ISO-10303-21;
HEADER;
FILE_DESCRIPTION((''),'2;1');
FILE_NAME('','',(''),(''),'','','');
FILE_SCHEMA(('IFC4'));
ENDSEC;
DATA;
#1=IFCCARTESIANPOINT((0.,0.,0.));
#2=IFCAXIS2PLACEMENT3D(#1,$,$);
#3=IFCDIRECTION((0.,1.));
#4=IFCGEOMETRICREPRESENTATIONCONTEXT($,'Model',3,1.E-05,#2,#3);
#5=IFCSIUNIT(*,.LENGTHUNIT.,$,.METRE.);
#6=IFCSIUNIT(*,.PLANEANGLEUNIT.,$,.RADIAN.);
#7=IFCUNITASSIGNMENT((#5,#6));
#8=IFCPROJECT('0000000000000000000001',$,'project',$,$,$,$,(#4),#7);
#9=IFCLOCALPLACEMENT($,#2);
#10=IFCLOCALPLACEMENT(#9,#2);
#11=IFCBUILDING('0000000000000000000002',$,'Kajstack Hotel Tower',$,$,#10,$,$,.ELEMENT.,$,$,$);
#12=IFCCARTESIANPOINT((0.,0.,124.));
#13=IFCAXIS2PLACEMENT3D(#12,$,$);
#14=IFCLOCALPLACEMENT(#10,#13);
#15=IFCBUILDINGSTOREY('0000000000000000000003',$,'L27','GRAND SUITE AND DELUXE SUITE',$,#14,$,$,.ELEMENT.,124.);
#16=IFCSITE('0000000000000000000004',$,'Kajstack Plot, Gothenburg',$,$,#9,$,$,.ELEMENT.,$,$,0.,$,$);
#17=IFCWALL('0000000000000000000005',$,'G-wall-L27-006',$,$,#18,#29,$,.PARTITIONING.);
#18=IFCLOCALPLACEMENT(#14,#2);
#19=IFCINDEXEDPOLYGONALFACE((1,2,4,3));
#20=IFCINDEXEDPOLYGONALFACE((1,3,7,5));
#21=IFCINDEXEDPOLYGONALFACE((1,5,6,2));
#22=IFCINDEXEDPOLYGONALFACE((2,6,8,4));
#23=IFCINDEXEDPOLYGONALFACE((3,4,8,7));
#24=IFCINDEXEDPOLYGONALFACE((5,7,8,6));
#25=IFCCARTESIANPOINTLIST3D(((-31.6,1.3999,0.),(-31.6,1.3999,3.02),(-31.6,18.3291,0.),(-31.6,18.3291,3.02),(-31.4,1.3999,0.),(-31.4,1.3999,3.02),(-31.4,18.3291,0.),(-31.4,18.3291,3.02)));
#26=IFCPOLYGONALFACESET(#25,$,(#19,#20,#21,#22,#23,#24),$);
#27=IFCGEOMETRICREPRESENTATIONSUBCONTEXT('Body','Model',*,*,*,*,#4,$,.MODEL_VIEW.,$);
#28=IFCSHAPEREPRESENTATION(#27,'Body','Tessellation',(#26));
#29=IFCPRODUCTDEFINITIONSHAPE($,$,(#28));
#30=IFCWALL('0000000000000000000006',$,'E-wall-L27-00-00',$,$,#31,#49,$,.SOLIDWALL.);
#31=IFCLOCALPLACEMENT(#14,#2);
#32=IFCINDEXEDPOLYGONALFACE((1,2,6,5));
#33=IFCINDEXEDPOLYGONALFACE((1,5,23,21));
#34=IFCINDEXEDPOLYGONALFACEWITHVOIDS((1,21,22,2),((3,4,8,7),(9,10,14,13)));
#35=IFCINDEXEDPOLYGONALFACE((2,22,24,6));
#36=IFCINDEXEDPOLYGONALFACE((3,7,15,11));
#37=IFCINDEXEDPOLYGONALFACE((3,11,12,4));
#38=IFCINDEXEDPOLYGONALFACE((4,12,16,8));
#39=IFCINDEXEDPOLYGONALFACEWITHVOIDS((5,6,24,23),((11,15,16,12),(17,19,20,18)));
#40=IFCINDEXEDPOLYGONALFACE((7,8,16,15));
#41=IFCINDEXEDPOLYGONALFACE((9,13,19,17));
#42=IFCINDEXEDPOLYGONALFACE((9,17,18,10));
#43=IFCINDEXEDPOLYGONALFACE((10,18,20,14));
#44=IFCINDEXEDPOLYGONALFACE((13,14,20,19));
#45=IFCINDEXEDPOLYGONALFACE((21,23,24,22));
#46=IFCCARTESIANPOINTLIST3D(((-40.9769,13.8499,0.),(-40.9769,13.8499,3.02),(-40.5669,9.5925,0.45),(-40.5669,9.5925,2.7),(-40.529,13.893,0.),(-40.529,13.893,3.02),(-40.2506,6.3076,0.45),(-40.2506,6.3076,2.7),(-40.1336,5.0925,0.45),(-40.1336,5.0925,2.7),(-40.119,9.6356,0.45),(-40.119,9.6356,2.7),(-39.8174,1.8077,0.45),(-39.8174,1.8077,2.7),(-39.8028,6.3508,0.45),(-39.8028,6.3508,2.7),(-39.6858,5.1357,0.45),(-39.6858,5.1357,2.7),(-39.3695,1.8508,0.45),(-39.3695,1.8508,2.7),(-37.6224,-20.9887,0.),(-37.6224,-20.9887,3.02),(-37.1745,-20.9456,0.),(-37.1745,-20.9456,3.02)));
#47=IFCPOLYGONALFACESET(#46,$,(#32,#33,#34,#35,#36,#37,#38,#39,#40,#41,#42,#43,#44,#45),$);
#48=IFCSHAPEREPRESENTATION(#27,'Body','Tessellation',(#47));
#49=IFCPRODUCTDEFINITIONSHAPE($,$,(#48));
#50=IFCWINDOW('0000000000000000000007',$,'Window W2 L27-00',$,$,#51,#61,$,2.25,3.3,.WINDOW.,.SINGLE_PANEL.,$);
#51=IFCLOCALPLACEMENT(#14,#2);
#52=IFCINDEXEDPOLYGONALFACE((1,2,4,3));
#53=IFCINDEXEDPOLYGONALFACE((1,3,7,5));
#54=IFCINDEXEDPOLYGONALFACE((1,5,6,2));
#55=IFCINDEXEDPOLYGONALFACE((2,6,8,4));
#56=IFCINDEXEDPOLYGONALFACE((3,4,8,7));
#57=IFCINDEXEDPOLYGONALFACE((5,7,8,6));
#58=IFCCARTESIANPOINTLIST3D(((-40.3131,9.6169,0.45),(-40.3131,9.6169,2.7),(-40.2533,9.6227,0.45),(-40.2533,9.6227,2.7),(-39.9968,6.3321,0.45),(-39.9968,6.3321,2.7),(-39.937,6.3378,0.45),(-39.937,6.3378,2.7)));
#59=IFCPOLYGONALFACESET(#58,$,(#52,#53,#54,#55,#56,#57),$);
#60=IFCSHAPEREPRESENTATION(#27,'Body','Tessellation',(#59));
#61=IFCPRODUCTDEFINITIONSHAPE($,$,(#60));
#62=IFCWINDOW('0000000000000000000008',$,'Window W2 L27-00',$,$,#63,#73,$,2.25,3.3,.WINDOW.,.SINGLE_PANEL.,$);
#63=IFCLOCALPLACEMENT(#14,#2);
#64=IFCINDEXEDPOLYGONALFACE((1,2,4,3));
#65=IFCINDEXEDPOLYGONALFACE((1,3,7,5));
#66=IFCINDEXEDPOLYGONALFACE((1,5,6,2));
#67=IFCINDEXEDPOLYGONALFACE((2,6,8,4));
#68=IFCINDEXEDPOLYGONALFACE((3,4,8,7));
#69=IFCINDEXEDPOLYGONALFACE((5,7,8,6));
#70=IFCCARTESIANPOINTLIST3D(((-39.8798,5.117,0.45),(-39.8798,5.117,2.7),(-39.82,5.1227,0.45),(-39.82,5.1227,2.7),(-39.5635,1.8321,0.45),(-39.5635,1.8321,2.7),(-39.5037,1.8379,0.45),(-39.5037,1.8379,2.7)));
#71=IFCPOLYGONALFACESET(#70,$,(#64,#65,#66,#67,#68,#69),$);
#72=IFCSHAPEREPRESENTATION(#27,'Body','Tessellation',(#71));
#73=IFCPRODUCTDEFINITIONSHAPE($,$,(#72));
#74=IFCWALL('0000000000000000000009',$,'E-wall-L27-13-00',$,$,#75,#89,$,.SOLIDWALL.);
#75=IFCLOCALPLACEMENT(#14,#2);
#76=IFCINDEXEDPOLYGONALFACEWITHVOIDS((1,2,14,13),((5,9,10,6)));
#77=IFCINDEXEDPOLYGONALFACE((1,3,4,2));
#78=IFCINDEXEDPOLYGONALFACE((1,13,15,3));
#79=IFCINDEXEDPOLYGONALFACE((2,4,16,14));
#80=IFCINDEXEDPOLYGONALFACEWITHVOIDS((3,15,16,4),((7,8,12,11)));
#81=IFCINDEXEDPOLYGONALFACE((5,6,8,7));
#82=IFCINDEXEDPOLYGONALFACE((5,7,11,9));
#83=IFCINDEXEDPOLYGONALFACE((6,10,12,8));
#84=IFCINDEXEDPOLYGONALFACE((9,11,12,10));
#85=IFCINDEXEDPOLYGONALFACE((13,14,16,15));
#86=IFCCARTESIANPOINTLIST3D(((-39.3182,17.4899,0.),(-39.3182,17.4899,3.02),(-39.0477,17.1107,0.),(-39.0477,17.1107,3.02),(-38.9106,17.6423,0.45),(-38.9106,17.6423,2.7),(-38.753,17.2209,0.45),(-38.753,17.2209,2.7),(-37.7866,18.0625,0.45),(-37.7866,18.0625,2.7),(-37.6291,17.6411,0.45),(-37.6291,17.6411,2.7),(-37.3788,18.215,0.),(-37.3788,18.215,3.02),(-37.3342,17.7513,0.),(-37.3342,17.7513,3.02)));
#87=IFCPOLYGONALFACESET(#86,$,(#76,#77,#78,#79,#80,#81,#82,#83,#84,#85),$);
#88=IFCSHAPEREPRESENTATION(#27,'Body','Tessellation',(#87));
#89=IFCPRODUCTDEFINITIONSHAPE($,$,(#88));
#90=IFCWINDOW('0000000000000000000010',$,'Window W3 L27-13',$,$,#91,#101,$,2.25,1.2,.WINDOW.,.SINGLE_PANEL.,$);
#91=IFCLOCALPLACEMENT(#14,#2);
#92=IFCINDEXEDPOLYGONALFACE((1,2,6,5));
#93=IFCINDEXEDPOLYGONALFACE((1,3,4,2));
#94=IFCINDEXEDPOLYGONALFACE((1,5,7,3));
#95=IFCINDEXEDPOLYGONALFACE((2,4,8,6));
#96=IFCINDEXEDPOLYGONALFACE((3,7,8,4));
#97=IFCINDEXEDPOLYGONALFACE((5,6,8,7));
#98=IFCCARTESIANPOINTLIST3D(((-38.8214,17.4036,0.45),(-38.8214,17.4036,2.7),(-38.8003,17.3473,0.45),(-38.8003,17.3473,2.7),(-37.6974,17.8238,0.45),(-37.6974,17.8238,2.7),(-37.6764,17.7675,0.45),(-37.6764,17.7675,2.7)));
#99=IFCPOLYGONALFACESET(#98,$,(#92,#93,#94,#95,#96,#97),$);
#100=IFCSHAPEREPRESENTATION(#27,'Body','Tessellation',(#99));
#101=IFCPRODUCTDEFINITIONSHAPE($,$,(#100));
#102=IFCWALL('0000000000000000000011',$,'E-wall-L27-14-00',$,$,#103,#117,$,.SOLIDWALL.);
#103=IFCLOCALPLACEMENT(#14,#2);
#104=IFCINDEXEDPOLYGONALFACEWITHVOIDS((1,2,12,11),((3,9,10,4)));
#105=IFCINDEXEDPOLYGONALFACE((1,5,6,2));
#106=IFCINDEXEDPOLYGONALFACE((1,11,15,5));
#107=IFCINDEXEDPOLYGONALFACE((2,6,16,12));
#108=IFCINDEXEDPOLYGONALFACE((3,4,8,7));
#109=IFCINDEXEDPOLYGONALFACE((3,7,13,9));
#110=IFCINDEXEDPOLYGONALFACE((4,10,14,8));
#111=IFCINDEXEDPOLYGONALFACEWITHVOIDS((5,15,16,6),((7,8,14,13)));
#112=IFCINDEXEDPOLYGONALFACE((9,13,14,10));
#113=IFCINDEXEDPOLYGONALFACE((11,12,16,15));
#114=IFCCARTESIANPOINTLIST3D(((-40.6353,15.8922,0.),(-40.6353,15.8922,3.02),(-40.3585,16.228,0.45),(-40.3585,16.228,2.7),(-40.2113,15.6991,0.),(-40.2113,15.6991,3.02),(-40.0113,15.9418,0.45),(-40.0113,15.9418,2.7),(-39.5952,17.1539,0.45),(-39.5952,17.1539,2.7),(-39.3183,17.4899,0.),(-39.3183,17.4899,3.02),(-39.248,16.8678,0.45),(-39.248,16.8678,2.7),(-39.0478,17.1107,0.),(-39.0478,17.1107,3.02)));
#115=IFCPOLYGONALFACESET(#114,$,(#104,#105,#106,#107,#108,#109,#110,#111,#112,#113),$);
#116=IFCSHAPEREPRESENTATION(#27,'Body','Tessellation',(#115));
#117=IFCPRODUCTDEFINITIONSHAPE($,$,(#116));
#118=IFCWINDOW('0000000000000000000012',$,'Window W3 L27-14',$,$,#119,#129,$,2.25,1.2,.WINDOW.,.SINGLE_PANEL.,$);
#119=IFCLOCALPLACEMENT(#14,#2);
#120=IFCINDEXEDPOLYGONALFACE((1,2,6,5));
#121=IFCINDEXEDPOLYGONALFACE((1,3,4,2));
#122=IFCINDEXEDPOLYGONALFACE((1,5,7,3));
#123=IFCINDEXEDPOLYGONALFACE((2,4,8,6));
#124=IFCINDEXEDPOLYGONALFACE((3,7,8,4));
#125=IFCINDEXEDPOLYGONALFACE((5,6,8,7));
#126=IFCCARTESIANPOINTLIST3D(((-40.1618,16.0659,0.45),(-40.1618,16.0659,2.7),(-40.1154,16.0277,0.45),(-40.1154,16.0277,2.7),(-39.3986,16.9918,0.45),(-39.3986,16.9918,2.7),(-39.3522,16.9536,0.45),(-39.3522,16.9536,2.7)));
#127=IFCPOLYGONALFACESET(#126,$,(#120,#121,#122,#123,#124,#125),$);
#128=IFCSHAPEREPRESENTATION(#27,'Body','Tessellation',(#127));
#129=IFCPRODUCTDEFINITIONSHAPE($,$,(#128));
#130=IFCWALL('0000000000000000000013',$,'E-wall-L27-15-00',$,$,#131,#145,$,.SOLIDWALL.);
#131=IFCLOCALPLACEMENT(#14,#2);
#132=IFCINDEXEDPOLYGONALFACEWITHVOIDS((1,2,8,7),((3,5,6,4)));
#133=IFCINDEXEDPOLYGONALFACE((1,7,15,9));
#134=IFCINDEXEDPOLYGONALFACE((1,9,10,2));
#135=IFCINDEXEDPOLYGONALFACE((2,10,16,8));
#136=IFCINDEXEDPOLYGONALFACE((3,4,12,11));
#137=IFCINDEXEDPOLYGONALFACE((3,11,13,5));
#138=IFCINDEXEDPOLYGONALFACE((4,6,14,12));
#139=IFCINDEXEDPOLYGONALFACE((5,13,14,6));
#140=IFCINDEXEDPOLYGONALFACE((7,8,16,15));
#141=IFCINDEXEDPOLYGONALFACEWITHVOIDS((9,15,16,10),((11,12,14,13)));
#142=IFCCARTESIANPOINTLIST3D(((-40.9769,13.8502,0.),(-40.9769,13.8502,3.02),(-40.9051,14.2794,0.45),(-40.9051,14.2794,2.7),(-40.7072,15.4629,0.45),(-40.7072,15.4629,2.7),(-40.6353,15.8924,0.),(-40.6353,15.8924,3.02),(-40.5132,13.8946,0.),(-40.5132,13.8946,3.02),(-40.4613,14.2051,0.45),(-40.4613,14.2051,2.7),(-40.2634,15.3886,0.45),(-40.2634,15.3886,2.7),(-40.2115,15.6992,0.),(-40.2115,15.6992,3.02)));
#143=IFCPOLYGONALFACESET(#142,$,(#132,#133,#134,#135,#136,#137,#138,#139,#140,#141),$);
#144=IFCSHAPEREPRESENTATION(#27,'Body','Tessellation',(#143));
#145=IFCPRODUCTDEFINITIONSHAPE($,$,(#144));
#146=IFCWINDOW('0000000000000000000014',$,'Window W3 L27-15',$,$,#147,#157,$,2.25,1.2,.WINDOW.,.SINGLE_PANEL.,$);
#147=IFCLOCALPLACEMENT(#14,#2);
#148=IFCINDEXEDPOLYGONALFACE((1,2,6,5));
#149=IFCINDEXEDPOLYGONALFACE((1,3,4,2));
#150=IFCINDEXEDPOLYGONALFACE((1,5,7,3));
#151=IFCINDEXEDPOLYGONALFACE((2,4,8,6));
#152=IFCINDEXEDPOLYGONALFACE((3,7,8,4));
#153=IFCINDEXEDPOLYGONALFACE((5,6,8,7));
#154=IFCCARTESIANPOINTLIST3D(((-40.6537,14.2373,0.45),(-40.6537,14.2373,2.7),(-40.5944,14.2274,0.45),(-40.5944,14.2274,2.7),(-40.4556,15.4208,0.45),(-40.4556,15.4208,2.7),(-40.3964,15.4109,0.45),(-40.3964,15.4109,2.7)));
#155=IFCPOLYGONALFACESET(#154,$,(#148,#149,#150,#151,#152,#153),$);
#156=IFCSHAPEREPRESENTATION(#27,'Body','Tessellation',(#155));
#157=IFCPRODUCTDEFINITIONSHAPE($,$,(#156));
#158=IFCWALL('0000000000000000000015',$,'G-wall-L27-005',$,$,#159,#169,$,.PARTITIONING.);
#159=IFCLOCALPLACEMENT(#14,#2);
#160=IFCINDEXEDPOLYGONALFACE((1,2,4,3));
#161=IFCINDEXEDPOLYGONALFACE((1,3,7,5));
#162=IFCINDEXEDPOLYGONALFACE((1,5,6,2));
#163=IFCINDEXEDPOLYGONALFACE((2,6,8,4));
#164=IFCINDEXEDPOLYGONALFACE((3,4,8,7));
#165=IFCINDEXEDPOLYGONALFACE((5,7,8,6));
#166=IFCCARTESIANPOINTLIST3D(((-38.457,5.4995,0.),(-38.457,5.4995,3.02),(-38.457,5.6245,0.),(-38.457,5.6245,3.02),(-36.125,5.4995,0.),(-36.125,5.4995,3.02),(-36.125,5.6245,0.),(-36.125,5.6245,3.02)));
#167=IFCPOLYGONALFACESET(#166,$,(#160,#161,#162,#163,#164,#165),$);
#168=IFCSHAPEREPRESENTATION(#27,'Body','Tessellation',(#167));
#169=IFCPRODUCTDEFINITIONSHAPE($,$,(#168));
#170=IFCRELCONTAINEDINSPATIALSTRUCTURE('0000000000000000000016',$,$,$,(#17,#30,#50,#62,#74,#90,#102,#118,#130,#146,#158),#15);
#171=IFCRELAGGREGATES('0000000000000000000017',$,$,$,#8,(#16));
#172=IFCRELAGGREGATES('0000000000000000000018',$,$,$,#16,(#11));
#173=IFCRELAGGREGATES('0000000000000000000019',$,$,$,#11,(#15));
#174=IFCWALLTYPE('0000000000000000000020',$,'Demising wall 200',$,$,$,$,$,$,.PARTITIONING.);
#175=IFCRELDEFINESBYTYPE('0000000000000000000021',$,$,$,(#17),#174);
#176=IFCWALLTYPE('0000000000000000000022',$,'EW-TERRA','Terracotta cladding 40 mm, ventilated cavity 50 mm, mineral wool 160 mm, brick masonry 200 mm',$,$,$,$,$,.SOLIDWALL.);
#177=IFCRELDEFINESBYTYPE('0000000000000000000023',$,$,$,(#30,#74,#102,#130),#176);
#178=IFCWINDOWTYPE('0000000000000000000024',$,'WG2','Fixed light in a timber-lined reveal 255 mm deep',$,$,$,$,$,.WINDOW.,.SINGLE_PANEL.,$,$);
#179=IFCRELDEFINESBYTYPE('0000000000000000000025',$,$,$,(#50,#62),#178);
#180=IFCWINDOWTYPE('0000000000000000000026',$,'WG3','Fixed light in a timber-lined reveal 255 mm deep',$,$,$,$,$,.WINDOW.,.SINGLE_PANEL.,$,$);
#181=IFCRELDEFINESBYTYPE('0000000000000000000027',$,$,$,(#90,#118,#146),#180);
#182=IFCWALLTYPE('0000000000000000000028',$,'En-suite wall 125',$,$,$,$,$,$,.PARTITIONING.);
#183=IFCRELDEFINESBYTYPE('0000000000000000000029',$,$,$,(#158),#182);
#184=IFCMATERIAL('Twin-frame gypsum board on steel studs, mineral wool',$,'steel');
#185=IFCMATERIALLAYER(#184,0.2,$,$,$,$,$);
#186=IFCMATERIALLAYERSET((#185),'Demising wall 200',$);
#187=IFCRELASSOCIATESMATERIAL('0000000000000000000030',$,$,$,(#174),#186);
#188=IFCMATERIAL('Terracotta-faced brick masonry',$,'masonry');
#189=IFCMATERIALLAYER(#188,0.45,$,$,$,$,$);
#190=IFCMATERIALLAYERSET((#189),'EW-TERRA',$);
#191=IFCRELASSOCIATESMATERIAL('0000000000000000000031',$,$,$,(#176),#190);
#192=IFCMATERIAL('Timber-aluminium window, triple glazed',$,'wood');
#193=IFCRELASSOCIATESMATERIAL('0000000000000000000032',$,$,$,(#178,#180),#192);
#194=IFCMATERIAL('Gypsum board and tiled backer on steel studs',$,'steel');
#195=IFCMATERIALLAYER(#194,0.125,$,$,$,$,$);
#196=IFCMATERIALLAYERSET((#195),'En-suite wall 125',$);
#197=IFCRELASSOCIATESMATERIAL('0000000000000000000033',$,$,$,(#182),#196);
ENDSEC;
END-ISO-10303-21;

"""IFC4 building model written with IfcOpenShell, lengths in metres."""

from ifc_helpers import new_model, si_unit, direction, frame, frame_2d, origin, place, context, subcontext, project, spatial, polyline, rectangle, outline, extrude, material, layer, layer_set, type_object, element, fill, save


model = new_model("IFC4")

# Units and contexts
model_context = context("Model", 3, precision=1e-05, world=origin(), true_north=direction((0.0, 1.0)))
body_context = subcontext(model_context, "Body", "Model", "MODEL_VIEW")
ifc_project = project(units=[si_unit("LENGTHUNIT", "METRE"), si_unit("PLANEANGLEUNIT", "RADIAN")], contexts=[model_context])

# Site, building, storey
site_placement = place(None, origin())
site = spatial("IfcSite", under=ifc_project, at=site_placement, Name="Kajstack Plot, Gothenburg", CompositionType="ELEMENT", RefElevation=0.0)
building_placement = place(site_placement, origin())
building = spatial("IfcBuilding", under=site, at=building_placement, Name="Kajstack Hotel Tower", CompositionType="ELEMENT")
storey_placement = place(building_placement, frame((0.0, 0.0, 124.0)))
storey = spatial("IfcBuildingStorey", under=building, at=storey_placement, Name="L27", Description="GRAND SUITE AND DELUXE SUITE", CompositionType="ELEMENT", Elevation=124.0)

# Wall
ifc_material_1 = material(Name="Twin-frame gypsum board on steel studs, mineral wool", Category="steel")
ifc_layer_1 = layer(ifc_material_1, 0.2)
ifc_layer_set_1 = layer_set([ifc_layer_1], Name="Demising wall 200")
wall_type_1 = type_object("IfcWallType", Name="Demising wall 200", PredefinedType="PARTITIONING", material=ifc_layer_set_1)
wall_1_placement = place(storey_placement, frame((-31.5, 1.3999, 0.0), z_axis=(0.0, 0.0, 1.0), x_axis=(0.0, 1.0, 0.0)))
element("IfcWall", 1, at=wall_1_placement, inside=storey, type_object=wall_type_1, Name="G-wall-L27-006", PredefinedType="PARTITIONING", context=body_context, shape_type="SweptSolid", body=[
    extrude(rectangle(XDim=16.9292, YDim=0.2, at=frame_2d((8.4646, 0.0))), origin(), (0.0, 0.0, 1.0), 3.02),
])

# Wall, openings, windows
ifc_material_2 = material(Name="Terracotta-faced brick masonry", Category="masonry")
ifc_layer_2 = layer(ifc_material_2, 0.45)
ifc_layer_set_2 = layer_set([ifc_layer_2], Name="EW-TERRA")
wall_type_2 = type_object("IfcWallType", Name="EW-TERRA", Description="Terracotta cladding 40 mm, ventilated cavity 50 mm, mineral wool 160 mm, brick masonry 200 mm", PredefinedType="SOLIDWALL", material=ifc_layer_set_2)
wall_2_placement = place(storey_placement, frame((-40.7529, 13.8716, 0.0), z_axis=(0.0, 0.0, 1.0), x_axis=(0.095843, -0.995396, 0.0)))
wall_2 = element("IfcWall", 2, at=wall_2_placement, inside=storey, type_object=wall_type_2, Name="E-wall-L27-00-00", PredefinedType="SOLIDWALL", context=body_context, shape_type="SweptSolid", body=[
    extrude(rectangle(XDim=34.9998, YDim=0.45, at=frame_2d((17.5, 0.0))), origin(), (0.0, 0.0, 1.0), 3.02),
])
opening_1_placement = place(wall_2_placement, frame((4.2773, 0.0, 0.45)))
opening_1 = element("IfcOpeningElement", 3, at=opening_1_placement, cuts=wall_2, PredefinedType="OPENING", context=body_context, shape_type="SweptSolid", body=[
    extrude(rectangle(XDim=3.3, YDim=2.25, at=frame_2d((1.6499, 1.125))), frame((0.0, 0.2349, 0.0), z_axis=(0.0, -1.0, 0.0), x_axis=(1.0, 0.0, 0.0)), (0.0, 0.0, 1.0), 0.47),
])
opening_2_placement = place(wall_2_placement, frame((8.7981, 0.0, 0.45)))
opening_2 = element("IfcOpeningElement", 4, at=opening_2_placement, cuts=wall_2, PredefinedType="OPENING", context=body_context, shape_type="SweptSolid", body=[
    extrude(rectangle(XDim=3.3, YDim=2.25, at=frame_2d((1.6499, 1.125))), frame((0.0, 0.2349, 0.0), z_axis=(0.0, -1.0, 0.0), x_axis=(1.0, 0.0, 0.0)), (0.0, 0.0, 1.0), 0.47),
])
ifc_material_3 = material(Name="Timber-aluminium window, triple glazed", Category="wood")
window_type_1 = type_object("IfcWindowType", Name="WG2", Description="Fixed light in a timber-lined reveal 255 mm deep", PartitioningType="SINGLE_PANEL", PredefinedType="WINDOW", material=ifc_material_3)
window_1_placement = place(opening_1_placement, origin())
window_1 = element("IfcWindow", 5, at=window_1_placement, inside=storey, type_object=window_type_1, Name="Window W2 L27-00", OverallHeight=2.25, OverallWidth=3.3, PartitioningType="SINGLE_PANEL", PredefinedType="WINDOW", context=body_context, shape_type="SweptSolid", body=[
    extrude(rectangle(XDim=3.3, YDim=2.25, at=frame_2d((1.6499, 1.125))), frame((0.0, 0.0901, 0.0), z_axis=(0.0, -1.0, 0.0), x_axis=(1.0, 0.0, 0.0)), (0.0, 0.0, 1.0), 0.0601),
])
fill(opening_1, window_1)
window_2_placement = place(opening_2_placement, origin())
window_2 = element("IfcWindow", 6, at=window_2_placement, inside=storey, type_object=window_type_1, Name="Window W2 L27-00", OverallHeight=2.25, OverallWidth=3.3, PartitioningType="SINGLE_PANEL", PredefinedType="WINDOW", context=body_context, shape_type="SweptSolid", body=[
    extrude(rectangle(XDim=3.3, YDim=2.25, at=frame_2d((1.6499, 1.125))), frame((0.0, 0.0901, 0.0), z_axis=(0.0, -1.0, 0.0), x_axis=(1.0, 0.0, 0.0)), (0.0, 0.0, 1.0), 0.0601),
])
fill(opening_2, window_2)

# Walls, openings, windows
wall_3_placement = place(storey_placement, frame((-37.3, 18.0044, 0.0), z_axis=(0.0, 0.0, 1.0), x_axis=(-0.936678, -0.350193, 0.0)))
wall_3 = element("IfcWall", 7, at=wall_3_placement, inside=storey, type_object=wall_type_2, Name="E-wall-L27-13-00", PredefinedType="SOLIDWALL", context=body_context, shape_type="SweptSolid", body=[
    extrude(outline(polyline([(0.0, -0.2249), (2.0706, -0.2249), (1.95, 0.2251), (0.1206, 0.2251), (0.0, -0.2249)])), origin(), (0.0, 0.0, 1.0), 3.02),
])
opening_3_placement = place(wall_3_placement, frame((0.4353, 0.0, 0.45)))
opening_3 = element("IfcOpeningElement", 8, at=opening_3_placement, cuts=wall_3, PredefinedType="OPENING", context=body_context, shape_type="SweptSolid", body=[
    extrude(rectangle(XDim=1.2, YDim=2.25, at=frame_2d((0.6001, 1.125))), frame((0.0, 0.2349, 0.0), z_axis=(0.0, -1.0, 0.0), x_axis=(1.0, 0.0, 0.0)), (0.0, 0.0, 1.0), 0.47),
])
window_type_2 = type_object("IfcWindowType", Name="WG3", Description="Fixed light in a timber-lined reveal 255 mm deep", PartitioningType="SINGLE_PANEL", PredefinedType="WINDOW", material=ifc_material_3)
window_3_placement = place(opening_3_placement, origin())
window_3 = element("IfcWindow", 9, at=window_3_placement, inside=storey, type_object=window_type_2, Name="Window W3 L27-13", OverallHeight=2.25, OverallWidth=1.2, PartitioningType="SINGLE_PANEL", PredefinedType="WINDOW", context=body_context, shape_type="SweptSolid", body=[
    extrude(rectangle(XDim=1.2, YDim=2.25, at=frame_2d((0.6001, 1.125))), frame((0.0, 0.0901, 0.0), z_axis=(0.0, -1.0, 0.0), x_axis=(1.0, 0.0, 0.0)), (0.0, 0.0, 1.0), 0.0601),
])
fill(opening_3, window_3)
wall_4_placement = place(storey_placement, frame((-39.1448, 17.3469, 0.0), z_axis=(0.0, 0.0, 1.0), x_axis=(-0.636046, -0.771651, 0.0)))
wall_4 = element("IfcWall", 10, at=wall_4_placement, inside=storey, type_object=wall_type_2, Name="E-wall-L27-14-00", PredefinedType="SOLIDWALL", context=body_context, shape_type="SweptSolid", body=[
    extrude(outline(polyline([(0.0, -0.2249), (2.0706, -0.2249), (1.95, 0.2251), (0.1206, 0.2251), (0.0, -0.2249)])), origin(), (0.0, 0.0, 1.0), 3.02),
])
opening_4_placement = place(wall_4_placement, frame((0.4353, 0.0, 0.45)))
opening_4 = element("IfcOpeningElement", 11, at=opening_4_placement, cuts=wall_4, PredefinedType="OPENING", context=body_context, shape_type="SweptSolid", body=[
    extrude(rectangle(XDim=1.2, YDim=2.25, at=frame_2d((0.6001, 1.125))), frame((0.0, 0.2349, 0.0), z_axis=(0.0, -1.0, 0.0), x_axis=(1.0, 0.0, 0.0)), (0.0, 0.0, 1.0), 0.47),
])
window_4_placement = place(opening_4_placement, origin())
window_4 = element("IfcWindow", 12, at=window_4_placement, inside=storey, type_object=window_type_2, Name="Window W3 L27-14", OverallHeight=2.25, OverallWidth=1.2, PartitioningType="SINGLE_PANEL", PredefinedType="WINDOW", context=body_context, shape_type="SweptSolid", body=[
    extrude(rectangle(XDim=1.2, YDim=2.25, at=frame_2d((0.6001, 1.125))), frame((0.0, 0.0901, 0.0), z_axis=(0.0, -1.0, 0.0), x_axis=(1.0, 0.0, 0.0)), (0.0, 0.0, 1.0), 0.0601),
])
fill(opening_4, window_4)
wall_5_placement = place(storey_placement, frame((-40.4133, 15.8552, 0.0), z_axis=(0.0, 0.0, 1.0), x_axis=(-0.165068, -0.986282, 0.0)))
wall_5 = element("IfcWall", 13, at=wall_5_placement, inside=storey, type_object=wall_type_2, Name="E-wall-L27-15-00", PredefinedType="SOLIDWALL", context=body_context, shape_type="SweptSolid", body=[
    extrude(outline(polyline([(0.0, -0.2251), (2.0706, -0.2249), (1.9502, 0.2251), (0.1206, 0.2249), (0.0, -0.2251)])), origin(), (0.0, 0.0, 1.0), 3.02),
])
opening_5_placement = place(wall_5_placement, frame((0.4353, 0.0, 0.45)))
opening_5 = element("IfcOpeningElement", 14, at=opening_5_placement, cuts=wall_5, PredefinedType="OPENING", context=body_context, shape_type="SweptSolid", body=[
    extrude(rectangle(XDim=1.2, YDim=2.25, at=frame_2d((0.6001, 1.125))), frame((0.0, 0.2349, 0.0), z_axis=(0.0, -1.0, 0.0), x_axis=(1.0, 0.0, 0.0)), (0.0, 0.0, 1.0), 0.47),
])
window_5_placement = place(opening_5_placement, origin())
window_5 = element("IfcWindow", 15, at=window_5_placement, inside=storey, type_object=window_type_2, Name="Window W3 L27-15", OverallHeight=2.25, OverallWidth=1.2, PartitioningType="SINGLE_PANEL", PredefinedType="WINDOW", context=body_context, shape_type="SweptSolid", body=[
    extrude(rectangle(XDim=1.2, YDim=2.25, at=frame_2d((0.6001, 1.125))), frame((0.0, 0.0901, 0.0), z_axis=(0.0, -1.0, 0.0), x_axis=(1.0, 0.0, 0.0)), (0.0, 0.0, 1.0), 0.0601),
])
fill(opening_5, window_5)

# Wall
ifc_material_4 = material(Name="Gypsum board and tiled backer on steel studs", Category="steel")
ifc_layer_3 = layer(ifc_material_4, 0.125)
ifc_layer_set_3 = layer_set([ifc_layer_3], Name="En-suite wall 125")
wall_type_3 = type_object("IfcWallType", Name="En-suite wall 125", PredefinedType="PARTITIONING", material=ifc_layer_set_3)
wall_6_placement = place(storey_placement, frame((-38.457, 5.562, 0.0), z_axis=(0.0, 0.0, 1.0), x_axis=(1.0, 0.0, 0.0)))
element("IfcWall", 16, at=wall_6_placement, inside=storey, type_object=wall_type_3, Name="G-wall-L27-005", PredefinedType="PARTITIONING", context=body_context, shape_type="SweptSolid", body=[
    extrude(rectangle(XDim=2.332, YDim=0.125, at=frame_2d((1.166, 0.0))), origin(), (0.0, 0.0, 1.0), 3.02),
])

save(model, "model.ifc")
